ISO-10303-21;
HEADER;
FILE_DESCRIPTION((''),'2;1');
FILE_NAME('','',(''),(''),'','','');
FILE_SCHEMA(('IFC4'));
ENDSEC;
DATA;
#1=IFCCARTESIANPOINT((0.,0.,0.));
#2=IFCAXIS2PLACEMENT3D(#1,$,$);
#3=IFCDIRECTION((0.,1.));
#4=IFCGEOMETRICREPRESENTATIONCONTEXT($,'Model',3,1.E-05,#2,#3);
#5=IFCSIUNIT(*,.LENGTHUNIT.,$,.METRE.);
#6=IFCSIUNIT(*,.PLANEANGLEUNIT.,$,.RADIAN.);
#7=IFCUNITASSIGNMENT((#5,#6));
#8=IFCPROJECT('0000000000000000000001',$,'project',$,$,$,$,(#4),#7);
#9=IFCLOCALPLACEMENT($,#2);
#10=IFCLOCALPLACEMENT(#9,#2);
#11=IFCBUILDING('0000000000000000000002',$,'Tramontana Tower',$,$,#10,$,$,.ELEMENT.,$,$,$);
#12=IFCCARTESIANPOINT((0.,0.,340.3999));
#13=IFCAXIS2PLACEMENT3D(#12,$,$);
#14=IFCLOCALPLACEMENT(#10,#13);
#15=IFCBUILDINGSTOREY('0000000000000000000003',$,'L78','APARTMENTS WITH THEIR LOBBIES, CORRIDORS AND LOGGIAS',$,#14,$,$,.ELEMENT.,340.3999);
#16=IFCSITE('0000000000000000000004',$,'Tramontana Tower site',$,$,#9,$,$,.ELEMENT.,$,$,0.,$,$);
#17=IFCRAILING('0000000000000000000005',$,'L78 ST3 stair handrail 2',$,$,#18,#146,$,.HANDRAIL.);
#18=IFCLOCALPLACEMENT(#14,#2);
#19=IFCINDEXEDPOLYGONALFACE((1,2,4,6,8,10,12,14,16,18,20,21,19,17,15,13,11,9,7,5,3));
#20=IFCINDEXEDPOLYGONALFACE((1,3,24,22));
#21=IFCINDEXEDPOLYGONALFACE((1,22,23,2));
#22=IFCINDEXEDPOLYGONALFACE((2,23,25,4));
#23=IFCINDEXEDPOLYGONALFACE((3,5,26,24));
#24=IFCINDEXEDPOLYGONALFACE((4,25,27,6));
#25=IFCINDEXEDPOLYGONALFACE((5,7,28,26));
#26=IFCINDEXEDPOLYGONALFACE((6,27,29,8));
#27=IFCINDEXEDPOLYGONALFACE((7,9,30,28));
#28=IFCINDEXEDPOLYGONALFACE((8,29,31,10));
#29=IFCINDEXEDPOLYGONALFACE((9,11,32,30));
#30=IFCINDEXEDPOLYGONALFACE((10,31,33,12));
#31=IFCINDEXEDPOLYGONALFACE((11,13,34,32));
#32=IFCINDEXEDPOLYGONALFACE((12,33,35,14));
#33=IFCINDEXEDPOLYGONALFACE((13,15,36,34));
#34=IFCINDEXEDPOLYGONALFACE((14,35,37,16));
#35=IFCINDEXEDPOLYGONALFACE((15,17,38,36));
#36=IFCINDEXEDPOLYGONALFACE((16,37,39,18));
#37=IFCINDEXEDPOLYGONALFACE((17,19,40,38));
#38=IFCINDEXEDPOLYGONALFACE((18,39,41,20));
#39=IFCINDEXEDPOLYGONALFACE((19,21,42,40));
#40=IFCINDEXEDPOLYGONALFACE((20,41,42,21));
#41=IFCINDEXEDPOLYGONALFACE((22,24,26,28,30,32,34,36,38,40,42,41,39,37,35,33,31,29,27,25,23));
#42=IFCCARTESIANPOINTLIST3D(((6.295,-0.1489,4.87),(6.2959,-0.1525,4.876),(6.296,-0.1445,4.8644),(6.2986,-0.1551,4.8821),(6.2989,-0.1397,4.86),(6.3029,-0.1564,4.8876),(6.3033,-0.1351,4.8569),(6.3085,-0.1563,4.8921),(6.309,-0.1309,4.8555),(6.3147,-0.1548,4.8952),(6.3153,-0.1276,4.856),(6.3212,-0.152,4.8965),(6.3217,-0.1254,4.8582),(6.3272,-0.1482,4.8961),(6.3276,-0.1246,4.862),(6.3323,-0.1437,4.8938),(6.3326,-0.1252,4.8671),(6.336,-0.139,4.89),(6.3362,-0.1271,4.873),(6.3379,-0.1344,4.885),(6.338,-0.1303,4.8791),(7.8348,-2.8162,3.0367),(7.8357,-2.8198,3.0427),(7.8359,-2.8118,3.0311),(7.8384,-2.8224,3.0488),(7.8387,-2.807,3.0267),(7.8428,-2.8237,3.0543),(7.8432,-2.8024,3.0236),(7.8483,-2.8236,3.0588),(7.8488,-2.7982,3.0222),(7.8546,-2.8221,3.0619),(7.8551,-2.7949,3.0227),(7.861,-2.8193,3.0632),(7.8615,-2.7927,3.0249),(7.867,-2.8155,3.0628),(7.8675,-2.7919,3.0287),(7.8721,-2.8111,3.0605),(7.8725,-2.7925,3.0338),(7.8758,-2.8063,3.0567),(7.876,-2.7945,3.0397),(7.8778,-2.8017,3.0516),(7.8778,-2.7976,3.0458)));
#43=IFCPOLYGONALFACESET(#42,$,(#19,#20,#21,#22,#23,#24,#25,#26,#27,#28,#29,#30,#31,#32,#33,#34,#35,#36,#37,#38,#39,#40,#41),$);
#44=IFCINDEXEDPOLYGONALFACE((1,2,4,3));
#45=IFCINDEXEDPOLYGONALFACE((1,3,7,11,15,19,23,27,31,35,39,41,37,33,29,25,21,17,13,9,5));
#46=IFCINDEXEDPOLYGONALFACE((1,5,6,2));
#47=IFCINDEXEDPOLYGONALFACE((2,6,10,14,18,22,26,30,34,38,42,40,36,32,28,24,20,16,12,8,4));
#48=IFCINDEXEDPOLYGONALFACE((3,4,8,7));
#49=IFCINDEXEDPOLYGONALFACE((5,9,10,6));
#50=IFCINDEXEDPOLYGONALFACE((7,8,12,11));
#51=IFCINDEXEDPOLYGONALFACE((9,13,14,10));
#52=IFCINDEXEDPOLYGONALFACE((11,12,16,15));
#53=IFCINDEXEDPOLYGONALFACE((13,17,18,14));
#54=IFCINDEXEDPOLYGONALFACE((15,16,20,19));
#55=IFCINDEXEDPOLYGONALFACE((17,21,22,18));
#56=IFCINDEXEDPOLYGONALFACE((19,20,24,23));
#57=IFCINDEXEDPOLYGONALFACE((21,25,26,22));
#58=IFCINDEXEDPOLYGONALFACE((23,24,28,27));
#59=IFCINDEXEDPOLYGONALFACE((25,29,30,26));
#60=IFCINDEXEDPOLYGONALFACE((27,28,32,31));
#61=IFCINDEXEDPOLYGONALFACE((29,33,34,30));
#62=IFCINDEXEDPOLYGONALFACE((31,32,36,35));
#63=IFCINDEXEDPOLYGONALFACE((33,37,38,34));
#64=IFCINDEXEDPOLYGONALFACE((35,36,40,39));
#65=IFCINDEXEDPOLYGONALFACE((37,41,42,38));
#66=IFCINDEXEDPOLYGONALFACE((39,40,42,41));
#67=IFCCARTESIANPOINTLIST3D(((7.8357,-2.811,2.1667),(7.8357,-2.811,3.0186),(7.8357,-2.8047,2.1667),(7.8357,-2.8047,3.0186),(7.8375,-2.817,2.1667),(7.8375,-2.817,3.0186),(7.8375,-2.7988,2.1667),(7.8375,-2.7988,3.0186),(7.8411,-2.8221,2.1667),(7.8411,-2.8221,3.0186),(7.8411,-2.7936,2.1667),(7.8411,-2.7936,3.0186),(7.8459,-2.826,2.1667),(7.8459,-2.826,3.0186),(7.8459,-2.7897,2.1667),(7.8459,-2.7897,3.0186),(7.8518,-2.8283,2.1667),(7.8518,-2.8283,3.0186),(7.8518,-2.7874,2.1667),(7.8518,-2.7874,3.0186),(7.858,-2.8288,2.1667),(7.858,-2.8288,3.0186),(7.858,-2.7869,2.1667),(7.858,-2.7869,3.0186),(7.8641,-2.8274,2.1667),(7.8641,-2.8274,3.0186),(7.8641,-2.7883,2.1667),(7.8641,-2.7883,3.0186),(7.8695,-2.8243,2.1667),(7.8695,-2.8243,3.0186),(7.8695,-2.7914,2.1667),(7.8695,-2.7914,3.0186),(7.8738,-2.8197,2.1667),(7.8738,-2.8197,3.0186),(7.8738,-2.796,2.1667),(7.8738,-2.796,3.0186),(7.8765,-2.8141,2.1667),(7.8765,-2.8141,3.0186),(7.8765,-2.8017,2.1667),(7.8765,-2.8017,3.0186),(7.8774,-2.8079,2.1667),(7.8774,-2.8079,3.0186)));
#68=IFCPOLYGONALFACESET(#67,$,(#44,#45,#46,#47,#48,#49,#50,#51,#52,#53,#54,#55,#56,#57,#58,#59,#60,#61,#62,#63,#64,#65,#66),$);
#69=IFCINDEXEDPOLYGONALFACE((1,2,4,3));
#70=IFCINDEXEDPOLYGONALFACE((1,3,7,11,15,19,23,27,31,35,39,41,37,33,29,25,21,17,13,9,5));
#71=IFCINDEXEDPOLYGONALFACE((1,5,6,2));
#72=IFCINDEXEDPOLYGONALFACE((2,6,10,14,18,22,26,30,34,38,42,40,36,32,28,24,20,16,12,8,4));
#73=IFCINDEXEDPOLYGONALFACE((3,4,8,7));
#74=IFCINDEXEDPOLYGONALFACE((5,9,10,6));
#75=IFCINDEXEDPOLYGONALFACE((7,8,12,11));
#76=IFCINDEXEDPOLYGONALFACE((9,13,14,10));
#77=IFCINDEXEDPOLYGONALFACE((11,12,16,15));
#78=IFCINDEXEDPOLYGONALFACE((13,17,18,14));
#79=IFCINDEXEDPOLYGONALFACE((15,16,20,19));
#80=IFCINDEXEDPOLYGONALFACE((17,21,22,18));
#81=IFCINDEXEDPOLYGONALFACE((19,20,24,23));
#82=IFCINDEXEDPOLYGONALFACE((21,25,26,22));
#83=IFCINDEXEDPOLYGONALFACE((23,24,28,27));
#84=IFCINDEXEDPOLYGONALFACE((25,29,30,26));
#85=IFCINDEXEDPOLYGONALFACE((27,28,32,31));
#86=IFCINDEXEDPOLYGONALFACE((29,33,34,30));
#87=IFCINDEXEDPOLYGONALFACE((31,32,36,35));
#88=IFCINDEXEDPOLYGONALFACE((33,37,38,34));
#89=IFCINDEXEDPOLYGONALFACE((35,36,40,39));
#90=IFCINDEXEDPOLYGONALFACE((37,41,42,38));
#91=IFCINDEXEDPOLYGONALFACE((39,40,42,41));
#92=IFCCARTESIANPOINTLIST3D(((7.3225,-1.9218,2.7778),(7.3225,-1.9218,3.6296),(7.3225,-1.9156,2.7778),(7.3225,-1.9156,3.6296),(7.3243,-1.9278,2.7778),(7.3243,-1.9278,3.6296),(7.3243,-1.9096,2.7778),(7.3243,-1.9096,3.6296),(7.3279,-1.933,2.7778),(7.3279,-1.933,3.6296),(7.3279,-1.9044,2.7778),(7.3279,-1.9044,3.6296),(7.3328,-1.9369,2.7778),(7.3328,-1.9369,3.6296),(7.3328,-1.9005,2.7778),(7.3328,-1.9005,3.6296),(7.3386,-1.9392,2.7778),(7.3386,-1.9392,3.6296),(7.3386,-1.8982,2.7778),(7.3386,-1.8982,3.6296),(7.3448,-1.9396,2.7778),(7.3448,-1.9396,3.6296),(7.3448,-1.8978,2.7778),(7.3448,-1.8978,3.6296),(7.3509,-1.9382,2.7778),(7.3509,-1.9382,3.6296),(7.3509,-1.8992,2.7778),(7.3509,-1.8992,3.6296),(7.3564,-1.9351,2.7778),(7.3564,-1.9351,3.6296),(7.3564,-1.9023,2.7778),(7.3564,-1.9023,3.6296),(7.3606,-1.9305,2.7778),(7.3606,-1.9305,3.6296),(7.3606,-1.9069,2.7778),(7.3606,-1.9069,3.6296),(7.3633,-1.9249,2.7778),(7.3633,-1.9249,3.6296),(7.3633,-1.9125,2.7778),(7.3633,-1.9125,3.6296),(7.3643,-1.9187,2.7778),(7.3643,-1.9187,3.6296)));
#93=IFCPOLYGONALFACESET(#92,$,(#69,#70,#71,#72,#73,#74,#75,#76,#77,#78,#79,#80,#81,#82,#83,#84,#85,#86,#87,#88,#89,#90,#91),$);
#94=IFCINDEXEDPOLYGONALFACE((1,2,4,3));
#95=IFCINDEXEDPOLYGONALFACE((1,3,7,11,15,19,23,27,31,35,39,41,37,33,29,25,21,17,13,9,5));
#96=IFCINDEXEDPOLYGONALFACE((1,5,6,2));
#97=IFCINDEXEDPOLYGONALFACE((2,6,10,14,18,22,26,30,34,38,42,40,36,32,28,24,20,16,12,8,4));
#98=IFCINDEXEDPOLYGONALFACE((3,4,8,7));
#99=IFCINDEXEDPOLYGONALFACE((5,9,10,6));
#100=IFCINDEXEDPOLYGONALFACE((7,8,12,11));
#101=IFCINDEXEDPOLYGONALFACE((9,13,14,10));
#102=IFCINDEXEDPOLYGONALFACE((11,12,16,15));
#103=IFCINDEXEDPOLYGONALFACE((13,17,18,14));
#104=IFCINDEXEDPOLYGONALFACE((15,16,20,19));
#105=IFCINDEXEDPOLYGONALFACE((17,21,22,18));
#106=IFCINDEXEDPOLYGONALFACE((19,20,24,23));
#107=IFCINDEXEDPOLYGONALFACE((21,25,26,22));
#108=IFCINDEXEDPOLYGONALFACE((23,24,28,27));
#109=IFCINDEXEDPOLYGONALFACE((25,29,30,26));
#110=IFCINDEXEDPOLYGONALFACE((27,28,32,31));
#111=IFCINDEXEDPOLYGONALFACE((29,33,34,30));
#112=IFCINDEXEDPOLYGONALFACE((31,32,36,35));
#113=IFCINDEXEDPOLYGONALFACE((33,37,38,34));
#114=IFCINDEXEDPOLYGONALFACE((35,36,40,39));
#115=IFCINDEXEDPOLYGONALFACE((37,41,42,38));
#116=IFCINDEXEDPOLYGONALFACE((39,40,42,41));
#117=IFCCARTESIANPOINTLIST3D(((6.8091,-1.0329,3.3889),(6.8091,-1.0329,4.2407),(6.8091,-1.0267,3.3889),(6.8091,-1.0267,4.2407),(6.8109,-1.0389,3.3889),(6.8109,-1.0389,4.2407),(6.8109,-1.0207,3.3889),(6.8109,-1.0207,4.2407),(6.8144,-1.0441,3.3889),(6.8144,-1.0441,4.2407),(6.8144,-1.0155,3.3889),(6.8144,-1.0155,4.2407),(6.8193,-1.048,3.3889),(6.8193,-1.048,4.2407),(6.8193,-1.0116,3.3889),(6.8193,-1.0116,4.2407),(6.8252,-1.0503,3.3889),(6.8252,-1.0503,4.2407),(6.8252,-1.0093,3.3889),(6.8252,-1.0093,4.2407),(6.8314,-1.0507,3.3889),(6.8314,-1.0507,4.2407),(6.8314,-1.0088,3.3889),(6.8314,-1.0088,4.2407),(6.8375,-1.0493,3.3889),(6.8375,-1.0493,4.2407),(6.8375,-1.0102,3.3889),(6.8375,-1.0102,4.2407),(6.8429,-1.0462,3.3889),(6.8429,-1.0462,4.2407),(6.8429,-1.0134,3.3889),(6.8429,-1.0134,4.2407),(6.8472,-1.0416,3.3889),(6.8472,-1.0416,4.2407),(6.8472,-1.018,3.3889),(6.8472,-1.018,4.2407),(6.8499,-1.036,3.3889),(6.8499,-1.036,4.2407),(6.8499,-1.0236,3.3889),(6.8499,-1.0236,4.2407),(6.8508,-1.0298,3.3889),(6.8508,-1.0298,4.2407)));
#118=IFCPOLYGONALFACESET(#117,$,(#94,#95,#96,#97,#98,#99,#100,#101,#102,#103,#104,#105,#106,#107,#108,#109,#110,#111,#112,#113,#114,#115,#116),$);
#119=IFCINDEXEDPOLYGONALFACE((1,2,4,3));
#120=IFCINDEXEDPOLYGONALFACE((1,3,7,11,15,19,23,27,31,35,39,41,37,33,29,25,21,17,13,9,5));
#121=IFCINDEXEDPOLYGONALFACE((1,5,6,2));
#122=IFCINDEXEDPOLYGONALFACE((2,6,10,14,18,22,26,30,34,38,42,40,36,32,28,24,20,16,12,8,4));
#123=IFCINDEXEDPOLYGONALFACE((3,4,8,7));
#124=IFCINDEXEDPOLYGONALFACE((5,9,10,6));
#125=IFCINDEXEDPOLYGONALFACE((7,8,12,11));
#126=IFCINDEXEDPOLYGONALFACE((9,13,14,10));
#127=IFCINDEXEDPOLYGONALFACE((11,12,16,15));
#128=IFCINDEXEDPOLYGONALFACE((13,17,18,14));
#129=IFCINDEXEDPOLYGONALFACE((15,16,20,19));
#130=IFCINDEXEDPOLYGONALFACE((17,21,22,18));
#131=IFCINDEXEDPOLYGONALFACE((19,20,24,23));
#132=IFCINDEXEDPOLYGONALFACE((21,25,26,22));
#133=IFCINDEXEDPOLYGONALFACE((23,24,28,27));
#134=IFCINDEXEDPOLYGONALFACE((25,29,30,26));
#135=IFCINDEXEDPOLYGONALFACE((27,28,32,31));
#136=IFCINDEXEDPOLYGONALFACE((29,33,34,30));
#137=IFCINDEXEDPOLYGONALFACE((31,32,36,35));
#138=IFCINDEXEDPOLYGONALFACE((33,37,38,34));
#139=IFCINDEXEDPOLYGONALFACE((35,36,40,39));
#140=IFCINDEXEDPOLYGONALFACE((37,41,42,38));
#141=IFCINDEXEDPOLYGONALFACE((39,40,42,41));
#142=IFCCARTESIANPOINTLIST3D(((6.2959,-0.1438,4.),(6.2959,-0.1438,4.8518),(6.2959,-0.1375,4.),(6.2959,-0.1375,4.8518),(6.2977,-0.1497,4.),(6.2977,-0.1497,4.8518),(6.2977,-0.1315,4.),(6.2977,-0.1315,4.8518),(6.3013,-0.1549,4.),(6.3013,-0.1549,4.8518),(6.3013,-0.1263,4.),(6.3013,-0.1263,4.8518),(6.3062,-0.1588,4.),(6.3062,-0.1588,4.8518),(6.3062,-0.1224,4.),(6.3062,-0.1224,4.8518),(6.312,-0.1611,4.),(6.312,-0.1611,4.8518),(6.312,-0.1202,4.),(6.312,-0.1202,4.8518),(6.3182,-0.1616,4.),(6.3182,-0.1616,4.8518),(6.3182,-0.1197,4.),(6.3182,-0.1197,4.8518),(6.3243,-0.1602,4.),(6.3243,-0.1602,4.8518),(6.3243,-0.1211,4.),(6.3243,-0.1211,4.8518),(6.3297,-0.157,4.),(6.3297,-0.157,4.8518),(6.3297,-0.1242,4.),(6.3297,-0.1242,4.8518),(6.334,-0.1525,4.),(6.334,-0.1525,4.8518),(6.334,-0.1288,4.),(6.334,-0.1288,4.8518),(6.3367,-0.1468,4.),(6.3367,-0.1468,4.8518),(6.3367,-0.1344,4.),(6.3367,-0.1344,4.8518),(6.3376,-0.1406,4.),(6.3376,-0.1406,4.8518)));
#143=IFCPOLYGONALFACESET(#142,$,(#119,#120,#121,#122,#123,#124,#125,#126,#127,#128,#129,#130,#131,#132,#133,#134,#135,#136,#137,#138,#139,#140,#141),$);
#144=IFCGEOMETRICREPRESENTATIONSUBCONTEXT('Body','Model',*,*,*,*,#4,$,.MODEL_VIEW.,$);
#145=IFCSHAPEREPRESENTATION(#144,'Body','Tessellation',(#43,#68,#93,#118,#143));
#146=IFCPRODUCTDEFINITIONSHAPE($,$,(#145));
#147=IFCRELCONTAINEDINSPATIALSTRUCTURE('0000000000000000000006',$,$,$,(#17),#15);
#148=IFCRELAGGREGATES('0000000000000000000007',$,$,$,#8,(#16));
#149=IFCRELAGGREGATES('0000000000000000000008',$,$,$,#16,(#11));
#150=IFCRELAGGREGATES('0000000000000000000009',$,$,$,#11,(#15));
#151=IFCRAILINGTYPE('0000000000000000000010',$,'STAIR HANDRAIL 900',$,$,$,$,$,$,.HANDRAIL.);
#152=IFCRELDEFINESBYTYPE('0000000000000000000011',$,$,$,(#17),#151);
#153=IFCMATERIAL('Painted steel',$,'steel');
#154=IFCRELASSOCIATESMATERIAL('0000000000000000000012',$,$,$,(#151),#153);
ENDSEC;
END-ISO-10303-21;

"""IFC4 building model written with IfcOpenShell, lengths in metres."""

from ifc_helpers import new_model, si_unit, direction, frame, origin, origin_2d, place, context, subcontext, project, spatial, circle, extrude, material, type_object, element, save


model = new_model("IFC4")

# Units and contexts
model_context = context("Model", 3, precision=1e-05, world=origin(), true_north=direction((0.0, 1.0)))
body_context = subcontext(model_context, "Body", "Model", "MODEL_VIEW")
ifc_project = project(units=[si_unit("LENGTHUNIT", "METRE"), si_unit("PLANEANGLEUNIT", "RADIAN")], contexts=[model_context])

# Site, building, storey
site_placement = place(None, origin())
site = spatial("IfcSite", under=ifc_project, at=site_placement, Name="Tramontana Tower site", CompositionType="ELEMENT", RefElevation=0.0)
building_placement = place(site_placement, origin())
building = spatial("IfcBuilding", under=site, at=building_placement, Name="Tramontana Tower", CompositionType="ELEMENT")
storey_placement = place(building_placement, frame((0.0, 0.0, 340.3999)))
storey = spatial("IfcBuildingStorey", under=building, at=storey_placement, Name="L78", Description="APARTMENTS WITH THEIR LOBBIES, CORRIDORS AND LOGGIAS", CompositionType="ELEMENT", Elevation=340.3999)

# Railing
ifc_material_1 = material(Name="Painted steel", Category="steel")
railing_type_1 = type_object("IfcRailingType", Name="STAIR HANDRAIL 900", PredefinedType="HANDRAIL", material=ifc_material_1)
railing_1_placement = place(storey_placement, frame((7.8564, -2.8079, 2.1667)))
element("IfcRailing", 1, at=railing_1_placement, inside=storey, type_object=railing_type_1, Name="L78 ST3 stair handrail 2", PredefinedType="HANDRAIL", context=body_context, shape_type="SweptSolid", body=[
    extrude(circle(Radius=0.0239, at=origin_2d()), frame((0.0, 0.0, 0.876), z_axis=(-0.429616, 0.744181, 0.511493), x_axis=(-0.866044, -0.499967, 0.0)), (0.0, 0.0, 1.0), 3.5842),
    extrude(circle(Radius=0.021, at=origin_2d()), origin(), (0.0, 0.0, 1.0), 0.8518),
    extrude(circle(Radius=0.021, at=origin_2d()), frame((-0.5132, 0.8892, 0.6111)), (0.0, 0.0, 1.0), 0.8518),
    extrude(circle(Radius=0.021, at=origin_2d()), frame((-1.0266, 1.7781, 1.2222)), (0.0, 0.0, 1.0), 0.8518),
    extrude(circle(Radius=0.021, at=origin_2d()), frame((-1.5398, 2.6672, 1.8333)), (0.0, 0.0, 1.0), 0.8518),
])

save(model, "model.ifc")
